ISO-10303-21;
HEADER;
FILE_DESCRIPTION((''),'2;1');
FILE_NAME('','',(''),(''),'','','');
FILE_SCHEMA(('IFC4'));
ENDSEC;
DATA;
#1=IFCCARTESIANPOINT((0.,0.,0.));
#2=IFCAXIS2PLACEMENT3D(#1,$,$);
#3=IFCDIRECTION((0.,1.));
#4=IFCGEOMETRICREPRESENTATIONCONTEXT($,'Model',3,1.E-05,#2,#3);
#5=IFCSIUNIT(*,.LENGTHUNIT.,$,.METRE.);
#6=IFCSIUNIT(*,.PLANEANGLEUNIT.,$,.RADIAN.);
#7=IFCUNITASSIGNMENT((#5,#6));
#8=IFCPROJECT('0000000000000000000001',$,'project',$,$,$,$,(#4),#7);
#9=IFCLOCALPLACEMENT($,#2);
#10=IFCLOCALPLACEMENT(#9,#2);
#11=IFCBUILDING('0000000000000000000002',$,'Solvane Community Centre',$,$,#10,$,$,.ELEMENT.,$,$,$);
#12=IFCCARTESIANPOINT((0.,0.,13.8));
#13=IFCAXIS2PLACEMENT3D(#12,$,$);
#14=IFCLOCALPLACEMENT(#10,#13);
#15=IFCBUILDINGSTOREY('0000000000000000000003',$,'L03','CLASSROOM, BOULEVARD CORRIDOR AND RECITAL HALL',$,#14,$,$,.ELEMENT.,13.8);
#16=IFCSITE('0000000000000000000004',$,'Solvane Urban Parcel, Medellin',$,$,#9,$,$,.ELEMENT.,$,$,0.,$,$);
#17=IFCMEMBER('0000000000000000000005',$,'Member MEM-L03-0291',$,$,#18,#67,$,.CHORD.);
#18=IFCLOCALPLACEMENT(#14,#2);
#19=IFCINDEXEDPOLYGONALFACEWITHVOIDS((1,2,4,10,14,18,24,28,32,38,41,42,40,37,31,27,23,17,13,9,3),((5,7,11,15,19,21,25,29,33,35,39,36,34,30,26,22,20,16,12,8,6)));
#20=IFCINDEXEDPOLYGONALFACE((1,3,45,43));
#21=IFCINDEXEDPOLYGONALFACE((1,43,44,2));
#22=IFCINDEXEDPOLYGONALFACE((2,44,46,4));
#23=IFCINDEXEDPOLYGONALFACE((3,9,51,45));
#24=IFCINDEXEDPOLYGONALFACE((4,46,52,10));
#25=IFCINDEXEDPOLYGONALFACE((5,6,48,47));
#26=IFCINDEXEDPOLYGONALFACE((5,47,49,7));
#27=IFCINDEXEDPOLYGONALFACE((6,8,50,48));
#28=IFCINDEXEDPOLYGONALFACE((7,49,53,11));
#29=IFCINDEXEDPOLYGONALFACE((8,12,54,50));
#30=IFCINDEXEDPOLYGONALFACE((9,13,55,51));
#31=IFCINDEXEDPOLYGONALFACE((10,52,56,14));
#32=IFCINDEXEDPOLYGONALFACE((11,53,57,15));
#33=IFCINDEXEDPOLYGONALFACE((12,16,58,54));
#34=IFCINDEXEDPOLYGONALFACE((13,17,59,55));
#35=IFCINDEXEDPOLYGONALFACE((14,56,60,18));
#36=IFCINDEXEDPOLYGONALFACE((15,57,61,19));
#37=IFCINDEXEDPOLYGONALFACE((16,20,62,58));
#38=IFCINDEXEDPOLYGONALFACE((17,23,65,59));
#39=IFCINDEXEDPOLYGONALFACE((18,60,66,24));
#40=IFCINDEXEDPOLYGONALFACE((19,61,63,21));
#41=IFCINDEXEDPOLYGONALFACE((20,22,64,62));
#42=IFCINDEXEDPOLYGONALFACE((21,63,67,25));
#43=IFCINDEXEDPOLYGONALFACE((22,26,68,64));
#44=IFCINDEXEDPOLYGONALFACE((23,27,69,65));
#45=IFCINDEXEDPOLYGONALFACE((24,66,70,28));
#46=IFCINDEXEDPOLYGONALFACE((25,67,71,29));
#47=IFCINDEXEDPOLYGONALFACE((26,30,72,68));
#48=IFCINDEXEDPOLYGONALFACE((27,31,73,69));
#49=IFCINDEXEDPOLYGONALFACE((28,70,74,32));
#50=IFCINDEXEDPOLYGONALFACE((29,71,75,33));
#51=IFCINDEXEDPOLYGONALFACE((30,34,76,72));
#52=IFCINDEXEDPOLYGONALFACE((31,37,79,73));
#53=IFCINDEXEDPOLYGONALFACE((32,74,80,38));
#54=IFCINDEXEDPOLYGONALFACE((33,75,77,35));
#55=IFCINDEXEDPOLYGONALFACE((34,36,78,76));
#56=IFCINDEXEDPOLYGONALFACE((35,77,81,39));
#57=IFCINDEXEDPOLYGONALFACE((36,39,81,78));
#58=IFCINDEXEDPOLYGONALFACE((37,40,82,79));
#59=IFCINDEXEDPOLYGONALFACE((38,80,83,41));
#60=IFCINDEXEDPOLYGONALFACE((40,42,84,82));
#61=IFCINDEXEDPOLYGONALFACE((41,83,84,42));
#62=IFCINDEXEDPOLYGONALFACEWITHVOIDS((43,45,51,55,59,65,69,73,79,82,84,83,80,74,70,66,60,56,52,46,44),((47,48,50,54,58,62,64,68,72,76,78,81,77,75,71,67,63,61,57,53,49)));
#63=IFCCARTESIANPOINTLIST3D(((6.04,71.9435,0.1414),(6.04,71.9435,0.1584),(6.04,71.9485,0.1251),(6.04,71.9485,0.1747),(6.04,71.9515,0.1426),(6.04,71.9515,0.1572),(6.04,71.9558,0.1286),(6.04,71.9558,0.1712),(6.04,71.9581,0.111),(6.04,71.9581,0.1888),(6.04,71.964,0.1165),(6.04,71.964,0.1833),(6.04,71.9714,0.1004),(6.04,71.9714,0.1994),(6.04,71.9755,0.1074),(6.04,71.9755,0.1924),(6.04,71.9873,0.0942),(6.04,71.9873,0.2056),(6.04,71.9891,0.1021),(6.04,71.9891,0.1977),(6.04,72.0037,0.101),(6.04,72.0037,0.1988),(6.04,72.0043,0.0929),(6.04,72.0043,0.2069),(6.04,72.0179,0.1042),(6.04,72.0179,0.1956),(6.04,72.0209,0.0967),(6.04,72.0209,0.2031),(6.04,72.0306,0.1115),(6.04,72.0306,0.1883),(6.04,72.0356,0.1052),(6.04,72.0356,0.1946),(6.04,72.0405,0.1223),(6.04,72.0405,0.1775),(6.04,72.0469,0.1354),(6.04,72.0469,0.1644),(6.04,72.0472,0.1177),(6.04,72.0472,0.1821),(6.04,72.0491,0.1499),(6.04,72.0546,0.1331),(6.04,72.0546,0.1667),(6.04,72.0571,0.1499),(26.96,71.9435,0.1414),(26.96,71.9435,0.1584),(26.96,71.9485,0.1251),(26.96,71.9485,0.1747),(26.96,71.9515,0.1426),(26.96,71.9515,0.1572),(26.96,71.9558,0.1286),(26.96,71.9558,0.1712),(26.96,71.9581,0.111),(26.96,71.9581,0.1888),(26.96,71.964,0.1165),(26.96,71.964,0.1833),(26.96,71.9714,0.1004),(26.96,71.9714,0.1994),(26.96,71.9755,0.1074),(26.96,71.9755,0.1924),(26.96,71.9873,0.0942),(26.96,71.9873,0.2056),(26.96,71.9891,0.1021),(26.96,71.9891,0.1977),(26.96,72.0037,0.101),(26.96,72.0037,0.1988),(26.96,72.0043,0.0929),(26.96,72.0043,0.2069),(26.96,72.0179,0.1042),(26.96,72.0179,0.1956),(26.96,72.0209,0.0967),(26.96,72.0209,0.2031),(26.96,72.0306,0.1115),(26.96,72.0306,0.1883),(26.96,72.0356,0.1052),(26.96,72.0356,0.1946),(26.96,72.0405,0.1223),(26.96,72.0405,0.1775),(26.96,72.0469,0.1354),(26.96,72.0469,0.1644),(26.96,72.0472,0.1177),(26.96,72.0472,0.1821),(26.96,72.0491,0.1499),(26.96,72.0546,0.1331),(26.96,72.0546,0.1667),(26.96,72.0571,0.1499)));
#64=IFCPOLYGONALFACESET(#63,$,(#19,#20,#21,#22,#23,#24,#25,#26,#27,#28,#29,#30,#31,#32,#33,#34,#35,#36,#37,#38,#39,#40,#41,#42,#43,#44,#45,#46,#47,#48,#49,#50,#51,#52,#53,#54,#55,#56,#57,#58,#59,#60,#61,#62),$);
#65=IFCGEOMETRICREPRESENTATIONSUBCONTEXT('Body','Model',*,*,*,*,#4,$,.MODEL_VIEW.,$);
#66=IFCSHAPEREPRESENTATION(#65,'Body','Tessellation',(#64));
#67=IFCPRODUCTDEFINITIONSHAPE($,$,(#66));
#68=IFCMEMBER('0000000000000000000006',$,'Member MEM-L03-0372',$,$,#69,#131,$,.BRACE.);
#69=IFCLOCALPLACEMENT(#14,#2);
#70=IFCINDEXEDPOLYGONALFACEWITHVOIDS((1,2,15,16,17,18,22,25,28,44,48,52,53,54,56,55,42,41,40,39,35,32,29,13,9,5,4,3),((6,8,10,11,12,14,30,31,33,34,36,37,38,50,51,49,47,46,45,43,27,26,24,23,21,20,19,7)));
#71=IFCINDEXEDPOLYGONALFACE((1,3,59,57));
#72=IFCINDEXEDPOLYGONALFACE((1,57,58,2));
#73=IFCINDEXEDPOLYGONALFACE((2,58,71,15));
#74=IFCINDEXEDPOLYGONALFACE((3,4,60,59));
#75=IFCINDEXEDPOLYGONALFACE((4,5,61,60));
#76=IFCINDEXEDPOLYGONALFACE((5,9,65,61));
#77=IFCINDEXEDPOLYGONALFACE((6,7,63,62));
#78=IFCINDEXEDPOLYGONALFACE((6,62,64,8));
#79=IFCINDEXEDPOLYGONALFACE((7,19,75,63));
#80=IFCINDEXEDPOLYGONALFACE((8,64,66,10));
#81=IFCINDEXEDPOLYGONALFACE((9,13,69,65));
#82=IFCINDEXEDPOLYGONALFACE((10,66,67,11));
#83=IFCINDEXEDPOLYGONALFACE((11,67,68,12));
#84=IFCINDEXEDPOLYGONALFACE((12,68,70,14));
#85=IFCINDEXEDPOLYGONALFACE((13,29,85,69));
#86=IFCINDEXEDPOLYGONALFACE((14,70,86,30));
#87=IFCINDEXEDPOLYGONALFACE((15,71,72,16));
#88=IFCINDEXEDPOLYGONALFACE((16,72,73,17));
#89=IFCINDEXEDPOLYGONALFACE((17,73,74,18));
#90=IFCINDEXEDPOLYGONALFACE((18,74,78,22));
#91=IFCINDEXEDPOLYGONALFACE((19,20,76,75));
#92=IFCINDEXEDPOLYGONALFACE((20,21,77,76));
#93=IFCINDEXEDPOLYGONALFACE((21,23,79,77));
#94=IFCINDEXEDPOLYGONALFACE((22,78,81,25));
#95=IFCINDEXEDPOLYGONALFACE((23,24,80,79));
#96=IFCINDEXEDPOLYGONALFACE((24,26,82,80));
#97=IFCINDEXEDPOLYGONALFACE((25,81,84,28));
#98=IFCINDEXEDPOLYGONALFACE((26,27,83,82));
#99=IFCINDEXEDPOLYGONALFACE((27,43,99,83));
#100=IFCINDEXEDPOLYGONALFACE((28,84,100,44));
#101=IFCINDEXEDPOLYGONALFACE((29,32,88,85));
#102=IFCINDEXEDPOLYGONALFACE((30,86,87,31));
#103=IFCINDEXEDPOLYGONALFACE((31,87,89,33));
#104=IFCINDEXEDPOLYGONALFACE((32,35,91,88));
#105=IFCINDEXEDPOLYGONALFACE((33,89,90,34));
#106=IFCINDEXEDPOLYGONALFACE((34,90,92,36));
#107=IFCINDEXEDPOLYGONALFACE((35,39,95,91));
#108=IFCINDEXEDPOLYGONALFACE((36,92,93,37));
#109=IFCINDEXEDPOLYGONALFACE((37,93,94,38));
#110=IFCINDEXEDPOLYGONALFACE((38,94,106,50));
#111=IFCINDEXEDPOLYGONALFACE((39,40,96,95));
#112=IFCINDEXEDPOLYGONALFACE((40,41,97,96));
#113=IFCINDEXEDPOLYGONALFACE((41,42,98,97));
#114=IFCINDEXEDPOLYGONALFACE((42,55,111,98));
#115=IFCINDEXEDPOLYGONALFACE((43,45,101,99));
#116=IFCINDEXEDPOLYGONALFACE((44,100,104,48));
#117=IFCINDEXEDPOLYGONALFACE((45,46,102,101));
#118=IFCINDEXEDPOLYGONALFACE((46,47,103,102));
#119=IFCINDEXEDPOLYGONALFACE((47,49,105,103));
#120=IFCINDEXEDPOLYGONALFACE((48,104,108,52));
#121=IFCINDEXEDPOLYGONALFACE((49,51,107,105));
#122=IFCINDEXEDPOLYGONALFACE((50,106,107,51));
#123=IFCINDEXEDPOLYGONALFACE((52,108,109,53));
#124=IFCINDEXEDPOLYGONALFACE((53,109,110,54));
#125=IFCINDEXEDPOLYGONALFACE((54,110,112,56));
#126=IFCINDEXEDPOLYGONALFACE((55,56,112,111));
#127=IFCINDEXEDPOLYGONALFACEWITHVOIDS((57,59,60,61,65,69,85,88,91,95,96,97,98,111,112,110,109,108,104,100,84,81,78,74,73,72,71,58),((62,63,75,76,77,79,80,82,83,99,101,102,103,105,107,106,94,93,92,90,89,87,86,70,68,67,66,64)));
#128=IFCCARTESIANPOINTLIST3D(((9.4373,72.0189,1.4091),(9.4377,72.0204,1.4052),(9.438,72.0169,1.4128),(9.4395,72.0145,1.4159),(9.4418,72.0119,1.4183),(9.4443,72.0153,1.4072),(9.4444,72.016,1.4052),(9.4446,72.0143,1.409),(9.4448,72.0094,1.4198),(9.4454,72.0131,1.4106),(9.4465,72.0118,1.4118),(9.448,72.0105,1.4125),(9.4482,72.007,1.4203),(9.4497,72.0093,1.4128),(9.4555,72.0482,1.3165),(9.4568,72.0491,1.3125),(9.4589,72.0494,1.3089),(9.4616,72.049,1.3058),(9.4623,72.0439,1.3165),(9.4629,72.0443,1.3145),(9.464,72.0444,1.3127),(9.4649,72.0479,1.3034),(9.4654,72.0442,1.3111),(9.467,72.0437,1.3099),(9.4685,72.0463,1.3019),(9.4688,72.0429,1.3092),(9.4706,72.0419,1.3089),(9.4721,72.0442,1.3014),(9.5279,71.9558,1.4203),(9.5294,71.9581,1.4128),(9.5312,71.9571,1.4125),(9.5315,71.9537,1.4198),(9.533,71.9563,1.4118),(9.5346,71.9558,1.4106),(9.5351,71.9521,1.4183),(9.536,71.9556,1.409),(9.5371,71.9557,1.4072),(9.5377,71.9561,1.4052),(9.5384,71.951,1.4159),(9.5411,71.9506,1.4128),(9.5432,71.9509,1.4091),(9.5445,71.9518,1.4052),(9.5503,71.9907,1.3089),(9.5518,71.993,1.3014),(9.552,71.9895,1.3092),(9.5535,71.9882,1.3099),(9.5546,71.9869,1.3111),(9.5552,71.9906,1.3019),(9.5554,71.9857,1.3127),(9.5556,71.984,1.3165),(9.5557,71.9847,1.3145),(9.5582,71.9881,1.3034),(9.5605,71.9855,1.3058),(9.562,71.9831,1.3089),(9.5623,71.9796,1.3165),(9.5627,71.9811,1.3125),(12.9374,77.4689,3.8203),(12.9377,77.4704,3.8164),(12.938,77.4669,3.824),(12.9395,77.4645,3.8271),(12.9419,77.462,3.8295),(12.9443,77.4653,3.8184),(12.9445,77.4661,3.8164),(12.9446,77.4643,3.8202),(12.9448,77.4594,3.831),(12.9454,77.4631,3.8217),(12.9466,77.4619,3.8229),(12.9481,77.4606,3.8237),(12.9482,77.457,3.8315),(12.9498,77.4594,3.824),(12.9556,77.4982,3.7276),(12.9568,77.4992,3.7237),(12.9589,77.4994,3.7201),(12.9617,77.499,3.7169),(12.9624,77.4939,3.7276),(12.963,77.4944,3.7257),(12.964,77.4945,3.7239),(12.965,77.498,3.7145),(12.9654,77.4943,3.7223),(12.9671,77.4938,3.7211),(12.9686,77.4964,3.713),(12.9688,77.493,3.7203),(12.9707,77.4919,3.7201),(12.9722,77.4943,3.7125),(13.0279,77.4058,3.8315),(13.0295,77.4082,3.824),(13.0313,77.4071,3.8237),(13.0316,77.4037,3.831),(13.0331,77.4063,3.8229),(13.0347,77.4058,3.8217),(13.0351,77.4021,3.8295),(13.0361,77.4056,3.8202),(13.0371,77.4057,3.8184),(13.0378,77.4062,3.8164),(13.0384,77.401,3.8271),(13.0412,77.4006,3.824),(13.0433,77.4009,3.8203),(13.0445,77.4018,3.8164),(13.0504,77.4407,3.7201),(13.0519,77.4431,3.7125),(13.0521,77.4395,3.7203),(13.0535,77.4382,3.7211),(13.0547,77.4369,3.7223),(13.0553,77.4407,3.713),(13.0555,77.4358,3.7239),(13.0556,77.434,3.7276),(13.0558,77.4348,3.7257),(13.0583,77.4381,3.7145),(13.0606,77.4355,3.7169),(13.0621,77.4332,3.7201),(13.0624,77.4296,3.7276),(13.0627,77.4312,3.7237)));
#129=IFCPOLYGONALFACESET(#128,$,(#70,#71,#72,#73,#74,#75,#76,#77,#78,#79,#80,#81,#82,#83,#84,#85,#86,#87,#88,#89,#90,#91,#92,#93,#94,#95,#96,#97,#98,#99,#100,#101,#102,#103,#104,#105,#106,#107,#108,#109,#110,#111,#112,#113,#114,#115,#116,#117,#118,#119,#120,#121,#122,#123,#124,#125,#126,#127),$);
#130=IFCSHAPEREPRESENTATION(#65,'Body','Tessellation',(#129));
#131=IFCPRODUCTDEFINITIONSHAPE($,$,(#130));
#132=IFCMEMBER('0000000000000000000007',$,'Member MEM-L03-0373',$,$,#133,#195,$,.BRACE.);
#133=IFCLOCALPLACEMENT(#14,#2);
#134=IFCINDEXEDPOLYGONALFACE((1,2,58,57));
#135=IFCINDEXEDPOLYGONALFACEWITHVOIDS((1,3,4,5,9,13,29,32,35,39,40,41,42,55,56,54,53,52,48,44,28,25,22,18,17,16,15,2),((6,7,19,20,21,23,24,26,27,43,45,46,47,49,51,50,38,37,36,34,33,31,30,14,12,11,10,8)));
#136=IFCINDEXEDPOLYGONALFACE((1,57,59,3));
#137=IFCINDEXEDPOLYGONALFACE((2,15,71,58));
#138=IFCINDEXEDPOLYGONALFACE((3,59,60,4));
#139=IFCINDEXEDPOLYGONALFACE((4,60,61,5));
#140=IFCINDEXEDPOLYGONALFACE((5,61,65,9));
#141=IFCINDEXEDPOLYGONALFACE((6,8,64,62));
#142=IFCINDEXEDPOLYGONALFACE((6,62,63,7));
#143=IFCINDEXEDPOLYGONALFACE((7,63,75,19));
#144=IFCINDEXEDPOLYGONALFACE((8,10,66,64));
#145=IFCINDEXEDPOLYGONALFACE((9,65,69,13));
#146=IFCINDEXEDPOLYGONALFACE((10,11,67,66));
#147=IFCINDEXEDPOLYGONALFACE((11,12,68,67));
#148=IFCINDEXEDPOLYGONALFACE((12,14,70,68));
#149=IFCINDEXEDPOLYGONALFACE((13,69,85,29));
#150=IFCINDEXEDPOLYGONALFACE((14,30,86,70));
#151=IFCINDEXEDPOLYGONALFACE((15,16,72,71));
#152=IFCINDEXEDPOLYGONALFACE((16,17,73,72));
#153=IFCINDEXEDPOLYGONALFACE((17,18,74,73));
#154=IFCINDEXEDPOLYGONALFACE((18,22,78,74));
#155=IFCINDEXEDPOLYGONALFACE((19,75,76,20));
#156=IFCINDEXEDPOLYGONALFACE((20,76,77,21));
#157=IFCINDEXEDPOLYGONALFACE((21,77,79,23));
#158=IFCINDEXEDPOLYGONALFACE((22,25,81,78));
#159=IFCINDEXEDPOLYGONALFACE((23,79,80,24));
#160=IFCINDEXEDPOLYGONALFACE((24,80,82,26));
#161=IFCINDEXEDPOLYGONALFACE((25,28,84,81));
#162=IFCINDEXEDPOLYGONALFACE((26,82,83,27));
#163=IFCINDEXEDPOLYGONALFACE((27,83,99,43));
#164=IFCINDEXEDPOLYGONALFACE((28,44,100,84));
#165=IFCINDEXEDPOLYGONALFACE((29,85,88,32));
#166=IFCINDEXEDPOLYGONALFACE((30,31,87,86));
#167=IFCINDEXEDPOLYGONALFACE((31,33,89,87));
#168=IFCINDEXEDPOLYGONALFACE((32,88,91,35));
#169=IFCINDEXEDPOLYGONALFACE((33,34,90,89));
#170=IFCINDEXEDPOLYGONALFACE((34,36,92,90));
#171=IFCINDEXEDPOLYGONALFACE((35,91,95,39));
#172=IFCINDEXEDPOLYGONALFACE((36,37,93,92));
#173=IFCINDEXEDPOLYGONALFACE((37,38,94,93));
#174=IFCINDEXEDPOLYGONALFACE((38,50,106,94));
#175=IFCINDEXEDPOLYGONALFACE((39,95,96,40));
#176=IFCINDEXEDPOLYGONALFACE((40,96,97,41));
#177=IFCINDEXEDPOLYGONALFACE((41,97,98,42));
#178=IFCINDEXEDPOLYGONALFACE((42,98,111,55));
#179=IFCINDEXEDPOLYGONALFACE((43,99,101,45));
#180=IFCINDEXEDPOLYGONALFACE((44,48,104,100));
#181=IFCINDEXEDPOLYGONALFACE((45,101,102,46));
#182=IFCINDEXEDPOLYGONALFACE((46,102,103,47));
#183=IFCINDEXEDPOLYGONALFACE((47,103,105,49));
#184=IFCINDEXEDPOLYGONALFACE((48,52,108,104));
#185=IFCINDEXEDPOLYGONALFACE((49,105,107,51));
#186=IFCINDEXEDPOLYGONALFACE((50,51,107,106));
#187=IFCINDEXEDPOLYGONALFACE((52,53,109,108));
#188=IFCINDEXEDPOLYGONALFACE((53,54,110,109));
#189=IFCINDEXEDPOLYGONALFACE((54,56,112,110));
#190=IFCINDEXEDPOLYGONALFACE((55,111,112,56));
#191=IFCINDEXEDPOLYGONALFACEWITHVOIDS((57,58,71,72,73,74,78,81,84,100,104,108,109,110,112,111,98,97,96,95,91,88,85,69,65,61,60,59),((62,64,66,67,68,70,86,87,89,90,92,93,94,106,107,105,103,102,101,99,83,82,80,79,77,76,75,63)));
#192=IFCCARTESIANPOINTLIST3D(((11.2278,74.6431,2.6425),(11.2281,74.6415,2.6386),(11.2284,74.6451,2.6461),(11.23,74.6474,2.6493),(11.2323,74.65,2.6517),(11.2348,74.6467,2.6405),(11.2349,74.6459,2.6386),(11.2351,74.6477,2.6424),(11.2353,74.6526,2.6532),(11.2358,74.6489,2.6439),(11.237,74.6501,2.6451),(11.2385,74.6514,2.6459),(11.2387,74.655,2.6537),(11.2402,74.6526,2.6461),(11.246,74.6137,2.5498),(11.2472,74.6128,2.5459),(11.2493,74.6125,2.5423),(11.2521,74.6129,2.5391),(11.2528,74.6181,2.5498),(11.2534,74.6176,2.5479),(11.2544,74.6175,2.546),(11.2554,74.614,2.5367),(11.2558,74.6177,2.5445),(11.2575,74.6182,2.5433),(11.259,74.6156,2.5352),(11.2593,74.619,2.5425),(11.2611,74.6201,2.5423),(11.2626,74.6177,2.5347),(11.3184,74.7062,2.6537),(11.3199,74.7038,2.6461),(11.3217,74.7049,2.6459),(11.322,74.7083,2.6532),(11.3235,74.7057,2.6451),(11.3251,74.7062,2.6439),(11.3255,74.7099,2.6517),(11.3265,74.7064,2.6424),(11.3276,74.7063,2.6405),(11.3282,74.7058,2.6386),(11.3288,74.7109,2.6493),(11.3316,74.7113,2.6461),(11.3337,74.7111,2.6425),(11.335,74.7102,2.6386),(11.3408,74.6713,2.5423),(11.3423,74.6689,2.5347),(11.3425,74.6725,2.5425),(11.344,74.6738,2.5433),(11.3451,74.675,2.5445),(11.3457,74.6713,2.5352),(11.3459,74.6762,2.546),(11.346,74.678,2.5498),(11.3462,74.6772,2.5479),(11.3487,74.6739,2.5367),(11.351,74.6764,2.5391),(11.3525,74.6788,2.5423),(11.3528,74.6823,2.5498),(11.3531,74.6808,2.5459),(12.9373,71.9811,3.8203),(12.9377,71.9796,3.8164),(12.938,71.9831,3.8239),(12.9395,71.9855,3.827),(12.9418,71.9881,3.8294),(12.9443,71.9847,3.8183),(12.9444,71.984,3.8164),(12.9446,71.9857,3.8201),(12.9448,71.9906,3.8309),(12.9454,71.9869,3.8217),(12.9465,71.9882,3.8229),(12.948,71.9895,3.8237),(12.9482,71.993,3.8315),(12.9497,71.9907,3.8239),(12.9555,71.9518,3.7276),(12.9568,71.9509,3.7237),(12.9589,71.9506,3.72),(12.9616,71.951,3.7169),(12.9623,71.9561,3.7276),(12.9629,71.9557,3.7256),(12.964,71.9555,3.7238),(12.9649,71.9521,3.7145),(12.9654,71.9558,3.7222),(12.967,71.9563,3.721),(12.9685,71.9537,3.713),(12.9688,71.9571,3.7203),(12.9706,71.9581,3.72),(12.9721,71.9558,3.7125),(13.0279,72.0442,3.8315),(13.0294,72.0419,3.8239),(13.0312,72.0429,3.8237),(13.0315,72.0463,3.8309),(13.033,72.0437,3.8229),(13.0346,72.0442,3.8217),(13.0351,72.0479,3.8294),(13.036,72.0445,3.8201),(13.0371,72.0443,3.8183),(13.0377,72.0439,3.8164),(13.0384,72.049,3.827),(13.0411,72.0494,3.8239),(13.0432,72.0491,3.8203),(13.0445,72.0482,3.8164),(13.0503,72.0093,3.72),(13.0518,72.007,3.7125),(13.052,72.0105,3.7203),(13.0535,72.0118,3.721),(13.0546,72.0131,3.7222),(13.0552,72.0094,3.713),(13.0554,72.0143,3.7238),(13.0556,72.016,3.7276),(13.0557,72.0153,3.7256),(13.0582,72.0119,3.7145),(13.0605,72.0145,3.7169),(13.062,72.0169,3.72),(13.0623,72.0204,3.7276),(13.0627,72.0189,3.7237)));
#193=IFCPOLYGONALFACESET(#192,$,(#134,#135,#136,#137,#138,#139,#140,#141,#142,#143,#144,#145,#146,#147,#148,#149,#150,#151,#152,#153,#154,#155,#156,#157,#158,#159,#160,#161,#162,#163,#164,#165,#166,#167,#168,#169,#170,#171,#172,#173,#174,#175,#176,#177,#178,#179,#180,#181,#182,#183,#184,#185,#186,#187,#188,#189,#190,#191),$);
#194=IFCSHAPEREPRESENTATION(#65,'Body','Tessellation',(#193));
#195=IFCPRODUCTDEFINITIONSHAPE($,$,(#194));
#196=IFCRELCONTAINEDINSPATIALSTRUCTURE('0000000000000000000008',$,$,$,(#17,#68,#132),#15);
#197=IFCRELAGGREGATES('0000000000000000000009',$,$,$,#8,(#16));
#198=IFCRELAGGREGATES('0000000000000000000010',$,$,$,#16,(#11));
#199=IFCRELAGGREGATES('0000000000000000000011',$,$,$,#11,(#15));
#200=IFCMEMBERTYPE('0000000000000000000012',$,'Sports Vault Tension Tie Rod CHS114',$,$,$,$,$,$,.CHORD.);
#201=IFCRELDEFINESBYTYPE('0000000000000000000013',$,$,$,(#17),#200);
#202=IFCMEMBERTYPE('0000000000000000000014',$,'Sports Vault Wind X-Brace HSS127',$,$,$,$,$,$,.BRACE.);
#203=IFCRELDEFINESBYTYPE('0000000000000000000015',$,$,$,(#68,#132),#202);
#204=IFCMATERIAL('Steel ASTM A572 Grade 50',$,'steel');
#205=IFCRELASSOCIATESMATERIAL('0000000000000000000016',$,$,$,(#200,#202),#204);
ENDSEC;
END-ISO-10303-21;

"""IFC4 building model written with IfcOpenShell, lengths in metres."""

from ifc_helpers import new_model, si_unit, direction, frame, origin, origin_2d, place, context, subcontext, project, spatial, hollow_rectangle, hollow_circle, extrude, material, material_profile, profile_set, type_object, element, save


model = new_model("IFC4")

# Units and contexts
model_context = context("Model", 3, precision=1e-05, world=origin(), true_north=direction((0.0, 1.0)))
body_context = subcontext(model_context, "Body", "Model", "MODEL_VIEW")
ifc_project = project(units=[si_unit("LENGTHUNIT", "METRE"), si_unit("PLANEANGLEUNIT", "RADIAN")], contexts=[model_context])

# Site, building, storey
site_placement = place(None, origin())
site = spatial("IfcSite", under=ifc_project, at=site_placement, Name="Solvane Urban Parcel, Medellin", CompositionType="ELEMENT", RefElevation=0.0)
building_placement = place(site_placement, origin())
building = spatial("IfcBuilding", under=site, at=building_placement, Name="Solvane Community Centre", CompositionType="ELEMENT")
storey_placement = place(building_placement, frame((0.0, 0.0, 13.8)))
storey = spatial("IfcBuildingStorey", under=building, at=storey_placement, Name="L03", Description="CLASSROOM, BOULEVARD CORRIDOR AND RECITAL HALL", CompositionType="ELEMENT", Elevation=13.8)

# Members
ifc_material_1 = material(Name="Steel ASTM A572 Grade 50", Category="steel")
ifc_material_profile_1 = material_profile(ifc_material_1, hollow_circle(Radius=0.0571, WallThickness=0.0081, at=origin_2d()), Name="CHS 114.3x8.0")
ifc_profile_set_1 = profile_set([ifc_material_profile_1], Name="Steel ASTM A572 Grade 50")
member_type_1 = type_object("IfcMemberType", Name="Sports Vault Tension Tie Rod CHS114", PredefinedType="CHORD", material=ifc_profile_set_1)
member_1_placement = place(storey_placement, frame((6.04, 72.0, 0.1499), z_axis=(1.0, 0.0, 0.0), x_axis=(0.0, 1.0, 0.0)))
element("IfcMember", 1, at=member_1_placement, inside=storey, type_object=member_type_1, Name="Member MEM-L03-0291", PredefinedType="CHORD", context=body_context, shape_type="SweptSolid", body=[
    extrude(hollow_circle(Radius=0.0571, WallThickness=0.0081, at=origin_2d()), origin(), (0.0, 0.0, 1.0), 20.9199),
])
ifc_material_profile_2 = material_profile(ifc_material_1, hollow_rectangle(XDim=0.127, YDim=0.127, WallThickness=0.0081, InnerFilletRadius=0.0081, OuterFilletRadius=0.0161, at=origin_2d()), Name="HSS 127x127x8.0")
ifc_profile_set_2 = profile_set([ifc_material_profile_2], Name="Steel ASTM A572 Grade 50")
member_type_2 = type_object("IfcMemberType", Name="Sports Vault Wind X-Brace HSS127", PredefinedType="BRACE", material=ifc_profile_set_2)
member_2_placement = place(storey_placement, frame((9.5, 72.0, 1.3608), z_axis=(0.50642, 0.788561, 0.34887), x_axis=(-0.841427, 0.540371, 0.0)))
element("IfcMember", 2, at=member_2_placement, inside=storey, type_object=member_type_2, Name="Member MEM-L03-0372", PredefinedType="BRACE", context=body_context, shape_type="SweptSolid", body=[
    extrude(hollow_rectangle(XDim=0.127, YDim=0.127, WallThickness=0.0081, InnerFilletRadius=0.0081, OuterFilletRadius=0.0161, at=origin_2d()), origin(), (0.0, 0.0, 1.0), 6.9114),
])
member_3_placement = place(storey_placement, frame((13.0, 72.0, 3.772), z_axis=(-0.506416, 0.788553, -0.348893), x_axis=(-0.841427, -0.540371, 0.0)))
element("IfcMember", 3, at=member_3_placement, inside=storey, type_object=member_type_2, Name="Member MEM-L03-0373", PredefinedType="BRACE", context=body_context, shape_type="SweptSolid", body=[
    extrude(hollow_rectangle(XDim=0.127, YDim=0.127, WallThickness=0.0081, InnerFilletRadius=0.0081, OuterFilletRadius=0.0161, at=origin_2d()), origin(), (0.0, 0.0, 1.0), 3.3757),
])

save(model, "model.ifc")
